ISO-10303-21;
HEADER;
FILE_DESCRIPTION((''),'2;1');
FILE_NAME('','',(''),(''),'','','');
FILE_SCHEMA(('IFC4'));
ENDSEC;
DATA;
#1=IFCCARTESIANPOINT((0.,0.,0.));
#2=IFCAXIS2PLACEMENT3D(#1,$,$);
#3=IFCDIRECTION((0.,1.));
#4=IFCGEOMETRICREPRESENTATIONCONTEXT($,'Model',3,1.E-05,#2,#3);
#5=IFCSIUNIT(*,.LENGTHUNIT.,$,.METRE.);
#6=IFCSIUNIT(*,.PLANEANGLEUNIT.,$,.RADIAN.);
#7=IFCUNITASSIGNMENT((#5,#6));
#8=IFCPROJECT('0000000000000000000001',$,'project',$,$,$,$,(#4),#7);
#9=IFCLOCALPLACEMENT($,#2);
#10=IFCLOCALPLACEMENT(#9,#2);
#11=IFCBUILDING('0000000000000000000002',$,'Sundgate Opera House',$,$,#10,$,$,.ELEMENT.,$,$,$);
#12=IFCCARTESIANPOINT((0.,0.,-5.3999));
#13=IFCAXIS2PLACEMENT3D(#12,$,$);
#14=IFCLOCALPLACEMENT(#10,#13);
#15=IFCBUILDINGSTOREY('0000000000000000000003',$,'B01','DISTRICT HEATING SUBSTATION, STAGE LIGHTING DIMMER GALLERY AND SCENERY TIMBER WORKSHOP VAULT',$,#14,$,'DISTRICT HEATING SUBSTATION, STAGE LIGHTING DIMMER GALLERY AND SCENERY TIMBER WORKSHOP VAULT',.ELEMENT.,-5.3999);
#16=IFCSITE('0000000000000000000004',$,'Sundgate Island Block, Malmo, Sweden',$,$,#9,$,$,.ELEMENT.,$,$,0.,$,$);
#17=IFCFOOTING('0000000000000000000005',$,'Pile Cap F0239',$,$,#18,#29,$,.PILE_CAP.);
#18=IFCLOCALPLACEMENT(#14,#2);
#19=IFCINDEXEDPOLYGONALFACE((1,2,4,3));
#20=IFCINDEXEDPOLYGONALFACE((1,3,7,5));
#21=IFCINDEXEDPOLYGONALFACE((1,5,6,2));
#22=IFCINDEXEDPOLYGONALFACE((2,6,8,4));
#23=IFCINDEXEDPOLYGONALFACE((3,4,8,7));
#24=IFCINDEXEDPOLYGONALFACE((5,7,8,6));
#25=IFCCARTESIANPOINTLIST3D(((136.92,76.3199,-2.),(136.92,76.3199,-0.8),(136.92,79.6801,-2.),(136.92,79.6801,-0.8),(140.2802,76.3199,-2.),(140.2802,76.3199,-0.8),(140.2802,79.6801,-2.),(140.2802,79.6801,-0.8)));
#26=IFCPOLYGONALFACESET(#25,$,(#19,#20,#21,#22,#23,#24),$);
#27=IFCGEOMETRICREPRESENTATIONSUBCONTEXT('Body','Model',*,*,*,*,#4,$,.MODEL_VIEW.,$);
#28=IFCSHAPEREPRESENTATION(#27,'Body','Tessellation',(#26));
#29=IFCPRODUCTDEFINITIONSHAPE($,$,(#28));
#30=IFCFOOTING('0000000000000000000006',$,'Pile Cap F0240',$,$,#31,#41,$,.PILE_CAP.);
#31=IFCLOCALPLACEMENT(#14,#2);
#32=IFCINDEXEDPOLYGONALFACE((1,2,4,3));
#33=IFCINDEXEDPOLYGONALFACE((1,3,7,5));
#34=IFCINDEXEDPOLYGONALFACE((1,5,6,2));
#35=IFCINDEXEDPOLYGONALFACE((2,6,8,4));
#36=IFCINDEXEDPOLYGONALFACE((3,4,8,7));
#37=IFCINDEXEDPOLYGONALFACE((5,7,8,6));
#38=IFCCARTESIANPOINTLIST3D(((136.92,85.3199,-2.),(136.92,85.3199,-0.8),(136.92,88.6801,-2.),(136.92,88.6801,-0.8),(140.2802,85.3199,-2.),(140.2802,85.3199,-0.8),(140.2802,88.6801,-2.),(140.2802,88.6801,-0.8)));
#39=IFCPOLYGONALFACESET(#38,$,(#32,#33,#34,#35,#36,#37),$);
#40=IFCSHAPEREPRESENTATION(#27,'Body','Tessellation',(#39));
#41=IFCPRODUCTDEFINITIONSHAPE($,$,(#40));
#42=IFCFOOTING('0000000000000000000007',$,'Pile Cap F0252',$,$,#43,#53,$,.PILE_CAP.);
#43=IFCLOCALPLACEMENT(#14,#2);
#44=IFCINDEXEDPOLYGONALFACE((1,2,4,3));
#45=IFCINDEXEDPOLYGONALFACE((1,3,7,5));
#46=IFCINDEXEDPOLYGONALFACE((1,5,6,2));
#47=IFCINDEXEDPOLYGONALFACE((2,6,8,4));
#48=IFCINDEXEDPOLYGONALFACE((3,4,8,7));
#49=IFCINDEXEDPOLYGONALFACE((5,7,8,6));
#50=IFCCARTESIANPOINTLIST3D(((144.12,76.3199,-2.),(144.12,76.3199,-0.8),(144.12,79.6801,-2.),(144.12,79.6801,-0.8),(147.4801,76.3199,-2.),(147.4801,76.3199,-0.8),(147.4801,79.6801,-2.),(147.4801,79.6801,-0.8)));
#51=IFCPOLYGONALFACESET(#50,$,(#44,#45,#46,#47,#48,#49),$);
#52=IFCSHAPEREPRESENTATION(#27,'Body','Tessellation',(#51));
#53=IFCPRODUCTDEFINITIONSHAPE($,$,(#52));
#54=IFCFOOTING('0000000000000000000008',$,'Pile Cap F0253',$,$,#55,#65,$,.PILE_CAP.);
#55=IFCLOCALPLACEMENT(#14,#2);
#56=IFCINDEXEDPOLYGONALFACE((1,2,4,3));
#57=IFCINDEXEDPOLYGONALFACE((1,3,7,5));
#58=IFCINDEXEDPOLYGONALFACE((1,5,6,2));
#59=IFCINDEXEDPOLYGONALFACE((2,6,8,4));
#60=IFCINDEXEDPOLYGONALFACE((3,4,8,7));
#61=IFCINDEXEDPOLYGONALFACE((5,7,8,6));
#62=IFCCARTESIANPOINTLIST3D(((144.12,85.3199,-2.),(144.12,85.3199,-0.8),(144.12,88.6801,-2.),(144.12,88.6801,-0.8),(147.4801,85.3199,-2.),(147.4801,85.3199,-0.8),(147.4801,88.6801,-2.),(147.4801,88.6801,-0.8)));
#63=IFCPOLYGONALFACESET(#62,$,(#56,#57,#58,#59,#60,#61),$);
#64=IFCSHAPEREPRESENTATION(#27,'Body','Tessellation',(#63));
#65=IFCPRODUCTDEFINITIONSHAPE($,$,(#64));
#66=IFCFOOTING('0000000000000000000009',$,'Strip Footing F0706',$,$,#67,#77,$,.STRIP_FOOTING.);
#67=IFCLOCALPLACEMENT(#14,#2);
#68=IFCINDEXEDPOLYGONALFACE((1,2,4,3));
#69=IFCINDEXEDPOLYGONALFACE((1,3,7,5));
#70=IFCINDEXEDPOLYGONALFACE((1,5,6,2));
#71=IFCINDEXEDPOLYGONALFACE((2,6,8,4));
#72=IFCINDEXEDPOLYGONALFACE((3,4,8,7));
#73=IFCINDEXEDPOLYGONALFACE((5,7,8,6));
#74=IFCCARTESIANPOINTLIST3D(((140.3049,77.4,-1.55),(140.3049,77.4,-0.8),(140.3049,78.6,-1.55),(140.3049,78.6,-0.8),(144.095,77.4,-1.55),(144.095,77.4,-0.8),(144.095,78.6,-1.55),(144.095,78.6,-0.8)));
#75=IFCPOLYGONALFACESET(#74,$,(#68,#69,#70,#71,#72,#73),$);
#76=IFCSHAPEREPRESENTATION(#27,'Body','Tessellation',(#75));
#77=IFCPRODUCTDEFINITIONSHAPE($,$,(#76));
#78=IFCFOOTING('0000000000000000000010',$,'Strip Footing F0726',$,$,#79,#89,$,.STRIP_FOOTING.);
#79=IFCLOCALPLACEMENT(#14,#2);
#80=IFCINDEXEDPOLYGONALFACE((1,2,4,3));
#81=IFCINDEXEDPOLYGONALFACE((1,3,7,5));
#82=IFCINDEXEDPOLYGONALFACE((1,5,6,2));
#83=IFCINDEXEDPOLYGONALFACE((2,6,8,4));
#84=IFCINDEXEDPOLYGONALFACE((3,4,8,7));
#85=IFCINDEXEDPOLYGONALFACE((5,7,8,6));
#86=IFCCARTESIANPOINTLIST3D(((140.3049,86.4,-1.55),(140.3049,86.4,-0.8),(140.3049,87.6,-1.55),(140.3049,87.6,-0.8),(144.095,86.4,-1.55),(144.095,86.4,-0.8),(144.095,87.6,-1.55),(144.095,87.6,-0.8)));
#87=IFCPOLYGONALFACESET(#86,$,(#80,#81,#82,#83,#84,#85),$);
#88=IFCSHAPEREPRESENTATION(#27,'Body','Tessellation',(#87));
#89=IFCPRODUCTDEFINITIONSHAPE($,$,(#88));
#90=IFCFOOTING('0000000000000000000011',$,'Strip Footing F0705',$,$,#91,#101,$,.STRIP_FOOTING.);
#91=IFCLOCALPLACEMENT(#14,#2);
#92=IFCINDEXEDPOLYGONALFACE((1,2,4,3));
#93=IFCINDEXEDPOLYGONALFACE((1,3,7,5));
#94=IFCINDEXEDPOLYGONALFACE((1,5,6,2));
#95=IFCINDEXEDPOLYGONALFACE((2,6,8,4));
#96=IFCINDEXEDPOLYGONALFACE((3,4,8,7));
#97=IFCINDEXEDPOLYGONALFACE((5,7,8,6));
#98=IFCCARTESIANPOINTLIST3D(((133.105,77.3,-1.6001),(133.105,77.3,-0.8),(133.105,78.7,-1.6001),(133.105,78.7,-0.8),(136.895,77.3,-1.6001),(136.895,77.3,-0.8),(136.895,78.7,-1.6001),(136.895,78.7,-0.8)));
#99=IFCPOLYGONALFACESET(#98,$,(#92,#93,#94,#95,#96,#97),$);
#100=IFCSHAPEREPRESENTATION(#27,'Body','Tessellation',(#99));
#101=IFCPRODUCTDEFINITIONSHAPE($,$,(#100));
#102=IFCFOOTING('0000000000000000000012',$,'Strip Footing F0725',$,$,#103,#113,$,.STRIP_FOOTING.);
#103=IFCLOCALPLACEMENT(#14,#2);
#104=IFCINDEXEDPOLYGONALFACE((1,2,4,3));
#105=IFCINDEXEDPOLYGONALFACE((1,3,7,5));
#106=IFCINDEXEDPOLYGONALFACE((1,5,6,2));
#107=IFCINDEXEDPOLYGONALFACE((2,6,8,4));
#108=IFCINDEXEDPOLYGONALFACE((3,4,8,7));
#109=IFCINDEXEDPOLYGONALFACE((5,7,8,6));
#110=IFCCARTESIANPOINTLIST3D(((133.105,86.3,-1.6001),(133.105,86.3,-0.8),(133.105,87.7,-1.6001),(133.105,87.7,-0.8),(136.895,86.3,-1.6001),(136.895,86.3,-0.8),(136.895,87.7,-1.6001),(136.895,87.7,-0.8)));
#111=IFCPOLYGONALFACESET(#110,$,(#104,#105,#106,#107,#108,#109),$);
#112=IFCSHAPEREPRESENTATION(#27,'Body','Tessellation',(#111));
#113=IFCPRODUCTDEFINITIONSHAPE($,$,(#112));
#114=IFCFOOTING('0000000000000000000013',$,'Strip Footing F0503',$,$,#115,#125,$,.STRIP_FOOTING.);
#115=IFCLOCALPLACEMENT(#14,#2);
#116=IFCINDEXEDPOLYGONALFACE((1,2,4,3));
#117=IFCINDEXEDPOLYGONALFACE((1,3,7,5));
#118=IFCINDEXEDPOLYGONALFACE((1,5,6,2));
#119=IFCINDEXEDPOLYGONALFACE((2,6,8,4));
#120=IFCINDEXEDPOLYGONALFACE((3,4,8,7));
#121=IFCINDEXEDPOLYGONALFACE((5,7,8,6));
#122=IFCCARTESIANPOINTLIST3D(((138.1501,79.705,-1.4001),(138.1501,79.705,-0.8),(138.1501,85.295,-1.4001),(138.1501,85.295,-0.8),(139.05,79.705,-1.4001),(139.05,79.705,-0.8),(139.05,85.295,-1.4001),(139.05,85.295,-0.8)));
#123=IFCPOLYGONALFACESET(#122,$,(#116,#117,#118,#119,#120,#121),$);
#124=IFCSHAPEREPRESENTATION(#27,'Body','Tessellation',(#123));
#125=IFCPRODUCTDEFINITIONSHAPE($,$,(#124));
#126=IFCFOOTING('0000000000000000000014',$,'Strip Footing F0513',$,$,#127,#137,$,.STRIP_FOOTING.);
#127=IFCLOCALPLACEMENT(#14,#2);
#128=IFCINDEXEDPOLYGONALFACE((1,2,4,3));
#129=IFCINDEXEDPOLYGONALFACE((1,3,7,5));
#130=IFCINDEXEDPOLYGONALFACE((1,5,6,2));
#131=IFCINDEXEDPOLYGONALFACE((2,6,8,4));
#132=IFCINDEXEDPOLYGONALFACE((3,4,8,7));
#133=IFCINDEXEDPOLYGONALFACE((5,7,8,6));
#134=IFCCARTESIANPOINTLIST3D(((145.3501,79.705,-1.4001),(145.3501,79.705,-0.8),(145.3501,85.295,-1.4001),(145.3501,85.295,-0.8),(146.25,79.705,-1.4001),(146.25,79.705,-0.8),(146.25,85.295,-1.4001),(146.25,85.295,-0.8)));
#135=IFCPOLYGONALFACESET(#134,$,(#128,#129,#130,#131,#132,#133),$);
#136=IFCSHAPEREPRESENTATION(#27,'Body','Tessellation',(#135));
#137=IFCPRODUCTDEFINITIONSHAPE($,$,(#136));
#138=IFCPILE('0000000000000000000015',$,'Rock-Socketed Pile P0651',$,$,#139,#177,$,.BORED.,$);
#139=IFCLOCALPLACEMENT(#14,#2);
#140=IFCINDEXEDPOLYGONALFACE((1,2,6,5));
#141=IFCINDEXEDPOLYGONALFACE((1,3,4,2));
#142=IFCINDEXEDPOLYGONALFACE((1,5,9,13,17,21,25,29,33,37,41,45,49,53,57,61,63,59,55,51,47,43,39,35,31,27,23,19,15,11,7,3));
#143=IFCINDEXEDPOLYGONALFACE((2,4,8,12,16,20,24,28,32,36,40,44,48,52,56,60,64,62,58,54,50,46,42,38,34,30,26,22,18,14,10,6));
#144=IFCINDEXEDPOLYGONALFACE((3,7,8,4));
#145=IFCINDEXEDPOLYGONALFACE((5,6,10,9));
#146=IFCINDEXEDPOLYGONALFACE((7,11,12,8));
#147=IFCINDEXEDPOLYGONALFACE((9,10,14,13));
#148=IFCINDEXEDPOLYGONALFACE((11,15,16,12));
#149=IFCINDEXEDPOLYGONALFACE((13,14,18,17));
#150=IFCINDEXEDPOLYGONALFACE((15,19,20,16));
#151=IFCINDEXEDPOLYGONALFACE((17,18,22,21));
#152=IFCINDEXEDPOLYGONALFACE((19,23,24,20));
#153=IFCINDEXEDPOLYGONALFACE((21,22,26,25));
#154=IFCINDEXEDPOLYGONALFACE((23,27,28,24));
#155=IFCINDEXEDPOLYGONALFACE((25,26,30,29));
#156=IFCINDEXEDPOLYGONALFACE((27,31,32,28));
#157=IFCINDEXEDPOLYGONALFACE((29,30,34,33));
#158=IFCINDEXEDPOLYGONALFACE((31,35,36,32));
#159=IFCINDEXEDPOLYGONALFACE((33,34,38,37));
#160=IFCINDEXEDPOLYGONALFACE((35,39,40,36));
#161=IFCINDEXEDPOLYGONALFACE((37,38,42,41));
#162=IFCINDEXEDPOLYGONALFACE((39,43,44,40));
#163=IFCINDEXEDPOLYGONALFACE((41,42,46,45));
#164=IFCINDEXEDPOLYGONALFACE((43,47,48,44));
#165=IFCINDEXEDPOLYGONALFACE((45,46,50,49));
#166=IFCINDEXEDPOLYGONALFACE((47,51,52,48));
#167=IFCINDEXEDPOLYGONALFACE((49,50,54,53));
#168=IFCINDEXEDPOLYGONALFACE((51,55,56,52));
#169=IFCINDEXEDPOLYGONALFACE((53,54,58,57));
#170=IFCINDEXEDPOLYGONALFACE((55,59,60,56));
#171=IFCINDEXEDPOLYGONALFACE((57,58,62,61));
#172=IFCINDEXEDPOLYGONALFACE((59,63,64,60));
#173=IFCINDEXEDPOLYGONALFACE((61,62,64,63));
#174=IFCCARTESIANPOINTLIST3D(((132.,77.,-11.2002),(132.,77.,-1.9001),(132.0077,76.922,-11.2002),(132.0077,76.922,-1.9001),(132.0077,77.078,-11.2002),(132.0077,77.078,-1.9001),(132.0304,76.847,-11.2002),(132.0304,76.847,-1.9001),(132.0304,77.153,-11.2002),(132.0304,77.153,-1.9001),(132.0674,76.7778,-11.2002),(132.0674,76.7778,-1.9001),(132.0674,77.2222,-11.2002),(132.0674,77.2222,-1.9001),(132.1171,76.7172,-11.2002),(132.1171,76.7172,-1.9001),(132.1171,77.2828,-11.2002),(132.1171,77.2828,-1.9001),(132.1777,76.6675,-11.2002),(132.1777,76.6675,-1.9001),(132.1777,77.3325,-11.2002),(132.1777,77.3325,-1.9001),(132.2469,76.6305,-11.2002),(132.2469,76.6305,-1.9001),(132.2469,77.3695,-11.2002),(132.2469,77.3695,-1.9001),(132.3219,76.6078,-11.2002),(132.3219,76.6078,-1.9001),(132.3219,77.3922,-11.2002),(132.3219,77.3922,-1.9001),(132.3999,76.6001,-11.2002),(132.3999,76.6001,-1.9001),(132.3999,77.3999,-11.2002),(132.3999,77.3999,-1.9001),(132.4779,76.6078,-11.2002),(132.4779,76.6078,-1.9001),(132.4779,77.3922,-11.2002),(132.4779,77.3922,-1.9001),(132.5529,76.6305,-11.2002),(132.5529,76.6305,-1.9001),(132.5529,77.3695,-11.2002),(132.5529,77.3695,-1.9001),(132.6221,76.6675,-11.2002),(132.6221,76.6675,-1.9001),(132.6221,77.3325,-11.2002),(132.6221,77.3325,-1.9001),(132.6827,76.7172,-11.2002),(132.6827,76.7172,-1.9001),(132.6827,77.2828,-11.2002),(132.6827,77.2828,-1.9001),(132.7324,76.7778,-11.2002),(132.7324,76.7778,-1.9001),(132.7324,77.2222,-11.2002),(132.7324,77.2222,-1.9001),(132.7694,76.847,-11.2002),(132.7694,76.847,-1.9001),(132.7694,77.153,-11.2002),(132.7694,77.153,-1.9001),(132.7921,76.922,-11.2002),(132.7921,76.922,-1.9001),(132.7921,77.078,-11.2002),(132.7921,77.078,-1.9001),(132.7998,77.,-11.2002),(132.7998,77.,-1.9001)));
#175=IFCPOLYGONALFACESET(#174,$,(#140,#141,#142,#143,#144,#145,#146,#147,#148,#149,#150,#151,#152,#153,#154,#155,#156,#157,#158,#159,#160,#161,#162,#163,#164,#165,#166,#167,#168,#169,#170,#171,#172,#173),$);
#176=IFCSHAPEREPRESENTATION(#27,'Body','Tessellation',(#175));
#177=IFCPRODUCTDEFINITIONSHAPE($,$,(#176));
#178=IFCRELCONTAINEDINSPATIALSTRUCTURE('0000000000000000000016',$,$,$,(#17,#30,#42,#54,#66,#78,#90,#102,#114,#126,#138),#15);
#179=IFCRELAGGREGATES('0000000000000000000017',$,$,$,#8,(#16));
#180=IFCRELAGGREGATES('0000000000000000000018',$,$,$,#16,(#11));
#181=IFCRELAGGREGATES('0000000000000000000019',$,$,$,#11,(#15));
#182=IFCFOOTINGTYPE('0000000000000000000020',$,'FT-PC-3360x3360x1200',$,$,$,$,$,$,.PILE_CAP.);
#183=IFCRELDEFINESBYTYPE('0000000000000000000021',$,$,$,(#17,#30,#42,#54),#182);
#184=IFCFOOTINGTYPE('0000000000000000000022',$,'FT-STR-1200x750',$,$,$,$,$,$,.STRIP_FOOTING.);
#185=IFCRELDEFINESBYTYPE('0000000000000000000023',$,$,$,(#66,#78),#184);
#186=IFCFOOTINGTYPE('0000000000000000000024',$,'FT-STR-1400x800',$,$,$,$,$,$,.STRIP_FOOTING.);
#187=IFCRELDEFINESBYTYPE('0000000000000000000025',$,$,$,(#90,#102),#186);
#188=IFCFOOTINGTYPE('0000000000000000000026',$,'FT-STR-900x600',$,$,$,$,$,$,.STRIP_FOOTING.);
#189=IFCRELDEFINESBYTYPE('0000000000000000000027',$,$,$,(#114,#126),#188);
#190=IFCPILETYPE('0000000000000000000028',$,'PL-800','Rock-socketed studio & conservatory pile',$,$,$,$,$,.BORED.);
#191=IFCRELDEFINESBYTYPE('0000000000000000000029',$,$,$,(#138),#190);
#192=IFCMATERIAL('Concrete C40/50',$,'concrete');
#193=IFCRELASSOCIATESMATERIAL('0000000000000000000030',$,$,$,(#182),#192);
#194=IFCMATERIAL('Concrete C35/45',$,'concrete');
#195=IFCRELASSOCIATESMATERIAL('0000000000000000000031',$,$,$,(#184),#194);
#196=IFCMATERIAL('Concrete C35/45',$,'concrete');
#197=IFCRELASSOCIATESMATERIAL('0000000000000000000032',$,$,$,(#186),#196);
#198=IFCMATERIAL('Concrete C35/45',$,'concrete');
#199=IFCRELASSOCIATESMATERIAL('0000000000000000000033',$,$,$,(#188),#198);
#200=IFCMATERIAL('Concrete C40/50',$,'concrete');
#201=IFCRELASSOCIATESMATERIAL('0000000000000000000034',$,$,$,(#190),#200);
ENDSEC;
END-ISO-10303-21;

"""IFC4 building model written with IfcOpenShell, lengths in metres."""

from ifc_helpers import new_model, si_unit, direction, frame, origin, origin_2d, place, context, subcontext, project, spatial, rectangle, circle, extrude, material, material_profile, profile_set, type_object, element, save


model = new_model("IFC4")

# Units and contexts
model_context = context("Model", 3, precision=1e-05, world=origin(), true_north=direction((0.0, 1.0)))
body_context = subcontext(model_context, "Body", "Model", "MODEL_VIEW")
ifc_project = project(units=[si_unit("LENGTHUNIT", "METRE"), si_unit("PLANEANGLEUNIT", "RADIAN")], contexts=[model_context])

# Site, building, storey
site_placement = place(None, origin())
site = spatial("IfcSite", under=ifc_project, at=site_placement, Name="Sundgate Island Block, Malmo, Sweden", CompositionType="ELEMENT", RefElevation=0.0)
building_placement = place(site_placement, origin())
building = spatial("IfcBuilding", under=site, at=building_placement, Name="Sundgate Opera House", CompositionType="ELEMENT")
storey_placement = place(building_placement, frame((0.0, 0.0, -5.3999)))
storey = spatial("IfcBuildingStorey", under=building, at=storey_placement, Name="B01", Description="DISTRICT HEATING SUBSTATION, STAGE LIGHTING DIMMER GALLERY AND SCENERY TIMBER WORKSHOP VAULT", LongName="DISTRICT HEATING SUBSTATION, STAGE LIGHTING DIMMER GALLERY AND SCENERY TIMBER WORKSHOP VAULT", CompositionType="ELEMENT", Elevation=-5.3999)

# Footings
ifc_material_1 = material(Name="Concrete C40/50", Category="concrete")
footing_type_1 = type_object("IfcFootingType", Name="FT-PC-3360x3360x1200", PredefinedType="PILE_CAP", material=ifc_material_1)
for number, where, z_axis, x_axis, name in (
    (1, (138.6001, 78.0, -2.0), (0.0, 0.0, 1.0), (1.0, 0.0, 0.0), "Pile Cap F0239"),
    (2, (138.6001, 87.0, -2.0), (0.0, 0.0, 1.0), (1.0, 0.0, 0.0), "Pile Cap F0240"),
    (3, (145.8, 78.0, -2.0), (0.0, 0.0, 1.0), (1.0, 0.0, 0.0), "Pile Cap F0252"),
    (4, (145.8, 87.0, -2.0), (0.0, 0.0, 1.0), (1.0, 0.0, 0.0), "Pile Cap F0253"),
):
    element("IfcFooting", number, at=place(storey_placement, frame(where, z_axis=z_axis, x_axis=x_axis)), inside=storey, type_object=footing_type_1, Name=name, PredefinedType="PILE_CAP", context=body_context, shape_type="SweptSolid", body=[
        extrude(rectangle(XDim=3.3601, YDim=3.3601, at=origin_2d()), origin(), (0.0, 0.0, 1.0), 1.2),
    ])
ifc_material_2 = material(Name="Concrete C35/45", Category="concrete")
footing_type_2 = type_object("IfcFootingType", Name="FT-STR-1200x750", PredefinedType="STRIP_FOOTING", material=ifc_material_2)
for number, where, z_axis, x_axis, name in (
    (5, (142.2, 78.0, -1.55), (0.0, 0.0, 1.0), (1.0, 0.0, 0.0), "Strip Footing F0706"),
    (6, (142.2, 87.0, -1.55), (0.0, 0.0, 1.0), (1.0, 0.0, 0.0), "Strip Footing F0726"),
):
    element("IfcFooting", number, at=place(storey_placement, frame(where, z_axis=z_axis, x_axis=x_axis)), inside=storey, type_object=footing_type_2, Name=name, PredefinedType="STRIP_FOOTING", context=body_context, shape_type="SweptSolid", body=[
        extrude(rectangle(XDim=3.79, YDim=1.2, at=origin_2d()), origin(), (0.0, 0.0, 1.0), 0.75),
    ])
ifc_material_3 = material(Name="Concrete C35/45", Category="concrete")
footing_type_3 = type_object("IfcFootingType", Name="FT-STR-1400x800", PredefinedType="STRIP_FOOTING", material=ifc_material_3)
for number, where, z_axis, x_axis, name in (
    (7, (135.0, 78.0, -1.6001), (0.0, 0.0, 1.0), (1.0, 0.0, 0.0), "Strip Footing F0705"),
    (8, (135.0, 87.0, -1.6001), (0.0, 0.0, 1.0), (1.0, 0.0, 0.0), "Strip Footing F0725"),
):
    element("IfcFooting", number, at=place(storey_placement, frame(where, z_axis=z_axis, x_axis=x_axis)), inside=storey, type_object=footing_type_3, Name=name, PredefinedType="STRIP_FOOTING", context=body_context, shape_type="SweptSolid", body=[
        extrude(rectangle(XDim=3.79, YDim=1.3999, at=origin_2d()), origin(), (0.0, 0.0, 1.0), 0.8),
    ])
ifc_material_4 = material(Name="Concrete C35/45", Category="concrete")
footing_type_4 = type_object("IfcFootingType", Name="FT-STR-900x600", PredefinedType="STRIP_FOOTING", material=ifc_material_4)
for number, where, z_axis, x_axis, name in (
    (9, (138.6001, 82.5, -1.4001), (0.0, 0.0, 1.0), (1.0, 0.0, 0.0), "Strip Footing F0503"),
    (10, (145.8, 82.5, -1.4001), (0.0, 0.0, 1.0), (1.0, 0.0, 0.0), "Strip Footing F0513"),
):
    element("IfcFooting", number, at=place(storey_placement, frame(where, z_axis=z_axis, x_axis=x_axis)), inside=storey, type_object=footing_type_4, Name=name, PredefinedType="STRIP_FOOTING", context=body_context, shape_type="SweptSolid", body=[
        extrude(rectangle(XDim=0.8999, YDim=5.5901, at=origin_2d()), origin(), (0.0, 0.0, 1.0), 0.6001),
    ])

# Pile
ifc_material_5 = material(Name="Concrete C40/50", Category="concrete")
ifc_material_profile_1 = material_profile(ifc_material_5, circle(Radius=0.3999, at=origin_2d()), Name="PILE D800")
ifc_profile_set_1 = profile_set([ifc_material_profile_1], Name="Concrete C40/50")
pile_type = type_object("IfcPileType", Name="PL-800", Description="Rock-socketed studio & conservatory pile", PredefinedType="BORED", material=ifc_profile_set_1)
for number, where, z_axis, x_axis, name in (
    (11, (132.3999, 77.0, -1.9001), (0.0, 0.0, -1.0), (1.0, 0.0, 0.0), "Rock-Socketed Pile P0651"),
):
    element("IfcPile", number, at=place(storey_placement, frame(where, z_axis=z_axis, x_axis=x_axis)), inside=storey, type_object=pile_type, Name=name, PredefinedType="BORED", context=body_context, shape_type="SweptSolid", body=[
        extrude(circle(Radius=0.3999, at=origin_2d()), origin(), (0.0, 0.0, 1.0), 9.3),
    ])

save(model, "model.ifc")
